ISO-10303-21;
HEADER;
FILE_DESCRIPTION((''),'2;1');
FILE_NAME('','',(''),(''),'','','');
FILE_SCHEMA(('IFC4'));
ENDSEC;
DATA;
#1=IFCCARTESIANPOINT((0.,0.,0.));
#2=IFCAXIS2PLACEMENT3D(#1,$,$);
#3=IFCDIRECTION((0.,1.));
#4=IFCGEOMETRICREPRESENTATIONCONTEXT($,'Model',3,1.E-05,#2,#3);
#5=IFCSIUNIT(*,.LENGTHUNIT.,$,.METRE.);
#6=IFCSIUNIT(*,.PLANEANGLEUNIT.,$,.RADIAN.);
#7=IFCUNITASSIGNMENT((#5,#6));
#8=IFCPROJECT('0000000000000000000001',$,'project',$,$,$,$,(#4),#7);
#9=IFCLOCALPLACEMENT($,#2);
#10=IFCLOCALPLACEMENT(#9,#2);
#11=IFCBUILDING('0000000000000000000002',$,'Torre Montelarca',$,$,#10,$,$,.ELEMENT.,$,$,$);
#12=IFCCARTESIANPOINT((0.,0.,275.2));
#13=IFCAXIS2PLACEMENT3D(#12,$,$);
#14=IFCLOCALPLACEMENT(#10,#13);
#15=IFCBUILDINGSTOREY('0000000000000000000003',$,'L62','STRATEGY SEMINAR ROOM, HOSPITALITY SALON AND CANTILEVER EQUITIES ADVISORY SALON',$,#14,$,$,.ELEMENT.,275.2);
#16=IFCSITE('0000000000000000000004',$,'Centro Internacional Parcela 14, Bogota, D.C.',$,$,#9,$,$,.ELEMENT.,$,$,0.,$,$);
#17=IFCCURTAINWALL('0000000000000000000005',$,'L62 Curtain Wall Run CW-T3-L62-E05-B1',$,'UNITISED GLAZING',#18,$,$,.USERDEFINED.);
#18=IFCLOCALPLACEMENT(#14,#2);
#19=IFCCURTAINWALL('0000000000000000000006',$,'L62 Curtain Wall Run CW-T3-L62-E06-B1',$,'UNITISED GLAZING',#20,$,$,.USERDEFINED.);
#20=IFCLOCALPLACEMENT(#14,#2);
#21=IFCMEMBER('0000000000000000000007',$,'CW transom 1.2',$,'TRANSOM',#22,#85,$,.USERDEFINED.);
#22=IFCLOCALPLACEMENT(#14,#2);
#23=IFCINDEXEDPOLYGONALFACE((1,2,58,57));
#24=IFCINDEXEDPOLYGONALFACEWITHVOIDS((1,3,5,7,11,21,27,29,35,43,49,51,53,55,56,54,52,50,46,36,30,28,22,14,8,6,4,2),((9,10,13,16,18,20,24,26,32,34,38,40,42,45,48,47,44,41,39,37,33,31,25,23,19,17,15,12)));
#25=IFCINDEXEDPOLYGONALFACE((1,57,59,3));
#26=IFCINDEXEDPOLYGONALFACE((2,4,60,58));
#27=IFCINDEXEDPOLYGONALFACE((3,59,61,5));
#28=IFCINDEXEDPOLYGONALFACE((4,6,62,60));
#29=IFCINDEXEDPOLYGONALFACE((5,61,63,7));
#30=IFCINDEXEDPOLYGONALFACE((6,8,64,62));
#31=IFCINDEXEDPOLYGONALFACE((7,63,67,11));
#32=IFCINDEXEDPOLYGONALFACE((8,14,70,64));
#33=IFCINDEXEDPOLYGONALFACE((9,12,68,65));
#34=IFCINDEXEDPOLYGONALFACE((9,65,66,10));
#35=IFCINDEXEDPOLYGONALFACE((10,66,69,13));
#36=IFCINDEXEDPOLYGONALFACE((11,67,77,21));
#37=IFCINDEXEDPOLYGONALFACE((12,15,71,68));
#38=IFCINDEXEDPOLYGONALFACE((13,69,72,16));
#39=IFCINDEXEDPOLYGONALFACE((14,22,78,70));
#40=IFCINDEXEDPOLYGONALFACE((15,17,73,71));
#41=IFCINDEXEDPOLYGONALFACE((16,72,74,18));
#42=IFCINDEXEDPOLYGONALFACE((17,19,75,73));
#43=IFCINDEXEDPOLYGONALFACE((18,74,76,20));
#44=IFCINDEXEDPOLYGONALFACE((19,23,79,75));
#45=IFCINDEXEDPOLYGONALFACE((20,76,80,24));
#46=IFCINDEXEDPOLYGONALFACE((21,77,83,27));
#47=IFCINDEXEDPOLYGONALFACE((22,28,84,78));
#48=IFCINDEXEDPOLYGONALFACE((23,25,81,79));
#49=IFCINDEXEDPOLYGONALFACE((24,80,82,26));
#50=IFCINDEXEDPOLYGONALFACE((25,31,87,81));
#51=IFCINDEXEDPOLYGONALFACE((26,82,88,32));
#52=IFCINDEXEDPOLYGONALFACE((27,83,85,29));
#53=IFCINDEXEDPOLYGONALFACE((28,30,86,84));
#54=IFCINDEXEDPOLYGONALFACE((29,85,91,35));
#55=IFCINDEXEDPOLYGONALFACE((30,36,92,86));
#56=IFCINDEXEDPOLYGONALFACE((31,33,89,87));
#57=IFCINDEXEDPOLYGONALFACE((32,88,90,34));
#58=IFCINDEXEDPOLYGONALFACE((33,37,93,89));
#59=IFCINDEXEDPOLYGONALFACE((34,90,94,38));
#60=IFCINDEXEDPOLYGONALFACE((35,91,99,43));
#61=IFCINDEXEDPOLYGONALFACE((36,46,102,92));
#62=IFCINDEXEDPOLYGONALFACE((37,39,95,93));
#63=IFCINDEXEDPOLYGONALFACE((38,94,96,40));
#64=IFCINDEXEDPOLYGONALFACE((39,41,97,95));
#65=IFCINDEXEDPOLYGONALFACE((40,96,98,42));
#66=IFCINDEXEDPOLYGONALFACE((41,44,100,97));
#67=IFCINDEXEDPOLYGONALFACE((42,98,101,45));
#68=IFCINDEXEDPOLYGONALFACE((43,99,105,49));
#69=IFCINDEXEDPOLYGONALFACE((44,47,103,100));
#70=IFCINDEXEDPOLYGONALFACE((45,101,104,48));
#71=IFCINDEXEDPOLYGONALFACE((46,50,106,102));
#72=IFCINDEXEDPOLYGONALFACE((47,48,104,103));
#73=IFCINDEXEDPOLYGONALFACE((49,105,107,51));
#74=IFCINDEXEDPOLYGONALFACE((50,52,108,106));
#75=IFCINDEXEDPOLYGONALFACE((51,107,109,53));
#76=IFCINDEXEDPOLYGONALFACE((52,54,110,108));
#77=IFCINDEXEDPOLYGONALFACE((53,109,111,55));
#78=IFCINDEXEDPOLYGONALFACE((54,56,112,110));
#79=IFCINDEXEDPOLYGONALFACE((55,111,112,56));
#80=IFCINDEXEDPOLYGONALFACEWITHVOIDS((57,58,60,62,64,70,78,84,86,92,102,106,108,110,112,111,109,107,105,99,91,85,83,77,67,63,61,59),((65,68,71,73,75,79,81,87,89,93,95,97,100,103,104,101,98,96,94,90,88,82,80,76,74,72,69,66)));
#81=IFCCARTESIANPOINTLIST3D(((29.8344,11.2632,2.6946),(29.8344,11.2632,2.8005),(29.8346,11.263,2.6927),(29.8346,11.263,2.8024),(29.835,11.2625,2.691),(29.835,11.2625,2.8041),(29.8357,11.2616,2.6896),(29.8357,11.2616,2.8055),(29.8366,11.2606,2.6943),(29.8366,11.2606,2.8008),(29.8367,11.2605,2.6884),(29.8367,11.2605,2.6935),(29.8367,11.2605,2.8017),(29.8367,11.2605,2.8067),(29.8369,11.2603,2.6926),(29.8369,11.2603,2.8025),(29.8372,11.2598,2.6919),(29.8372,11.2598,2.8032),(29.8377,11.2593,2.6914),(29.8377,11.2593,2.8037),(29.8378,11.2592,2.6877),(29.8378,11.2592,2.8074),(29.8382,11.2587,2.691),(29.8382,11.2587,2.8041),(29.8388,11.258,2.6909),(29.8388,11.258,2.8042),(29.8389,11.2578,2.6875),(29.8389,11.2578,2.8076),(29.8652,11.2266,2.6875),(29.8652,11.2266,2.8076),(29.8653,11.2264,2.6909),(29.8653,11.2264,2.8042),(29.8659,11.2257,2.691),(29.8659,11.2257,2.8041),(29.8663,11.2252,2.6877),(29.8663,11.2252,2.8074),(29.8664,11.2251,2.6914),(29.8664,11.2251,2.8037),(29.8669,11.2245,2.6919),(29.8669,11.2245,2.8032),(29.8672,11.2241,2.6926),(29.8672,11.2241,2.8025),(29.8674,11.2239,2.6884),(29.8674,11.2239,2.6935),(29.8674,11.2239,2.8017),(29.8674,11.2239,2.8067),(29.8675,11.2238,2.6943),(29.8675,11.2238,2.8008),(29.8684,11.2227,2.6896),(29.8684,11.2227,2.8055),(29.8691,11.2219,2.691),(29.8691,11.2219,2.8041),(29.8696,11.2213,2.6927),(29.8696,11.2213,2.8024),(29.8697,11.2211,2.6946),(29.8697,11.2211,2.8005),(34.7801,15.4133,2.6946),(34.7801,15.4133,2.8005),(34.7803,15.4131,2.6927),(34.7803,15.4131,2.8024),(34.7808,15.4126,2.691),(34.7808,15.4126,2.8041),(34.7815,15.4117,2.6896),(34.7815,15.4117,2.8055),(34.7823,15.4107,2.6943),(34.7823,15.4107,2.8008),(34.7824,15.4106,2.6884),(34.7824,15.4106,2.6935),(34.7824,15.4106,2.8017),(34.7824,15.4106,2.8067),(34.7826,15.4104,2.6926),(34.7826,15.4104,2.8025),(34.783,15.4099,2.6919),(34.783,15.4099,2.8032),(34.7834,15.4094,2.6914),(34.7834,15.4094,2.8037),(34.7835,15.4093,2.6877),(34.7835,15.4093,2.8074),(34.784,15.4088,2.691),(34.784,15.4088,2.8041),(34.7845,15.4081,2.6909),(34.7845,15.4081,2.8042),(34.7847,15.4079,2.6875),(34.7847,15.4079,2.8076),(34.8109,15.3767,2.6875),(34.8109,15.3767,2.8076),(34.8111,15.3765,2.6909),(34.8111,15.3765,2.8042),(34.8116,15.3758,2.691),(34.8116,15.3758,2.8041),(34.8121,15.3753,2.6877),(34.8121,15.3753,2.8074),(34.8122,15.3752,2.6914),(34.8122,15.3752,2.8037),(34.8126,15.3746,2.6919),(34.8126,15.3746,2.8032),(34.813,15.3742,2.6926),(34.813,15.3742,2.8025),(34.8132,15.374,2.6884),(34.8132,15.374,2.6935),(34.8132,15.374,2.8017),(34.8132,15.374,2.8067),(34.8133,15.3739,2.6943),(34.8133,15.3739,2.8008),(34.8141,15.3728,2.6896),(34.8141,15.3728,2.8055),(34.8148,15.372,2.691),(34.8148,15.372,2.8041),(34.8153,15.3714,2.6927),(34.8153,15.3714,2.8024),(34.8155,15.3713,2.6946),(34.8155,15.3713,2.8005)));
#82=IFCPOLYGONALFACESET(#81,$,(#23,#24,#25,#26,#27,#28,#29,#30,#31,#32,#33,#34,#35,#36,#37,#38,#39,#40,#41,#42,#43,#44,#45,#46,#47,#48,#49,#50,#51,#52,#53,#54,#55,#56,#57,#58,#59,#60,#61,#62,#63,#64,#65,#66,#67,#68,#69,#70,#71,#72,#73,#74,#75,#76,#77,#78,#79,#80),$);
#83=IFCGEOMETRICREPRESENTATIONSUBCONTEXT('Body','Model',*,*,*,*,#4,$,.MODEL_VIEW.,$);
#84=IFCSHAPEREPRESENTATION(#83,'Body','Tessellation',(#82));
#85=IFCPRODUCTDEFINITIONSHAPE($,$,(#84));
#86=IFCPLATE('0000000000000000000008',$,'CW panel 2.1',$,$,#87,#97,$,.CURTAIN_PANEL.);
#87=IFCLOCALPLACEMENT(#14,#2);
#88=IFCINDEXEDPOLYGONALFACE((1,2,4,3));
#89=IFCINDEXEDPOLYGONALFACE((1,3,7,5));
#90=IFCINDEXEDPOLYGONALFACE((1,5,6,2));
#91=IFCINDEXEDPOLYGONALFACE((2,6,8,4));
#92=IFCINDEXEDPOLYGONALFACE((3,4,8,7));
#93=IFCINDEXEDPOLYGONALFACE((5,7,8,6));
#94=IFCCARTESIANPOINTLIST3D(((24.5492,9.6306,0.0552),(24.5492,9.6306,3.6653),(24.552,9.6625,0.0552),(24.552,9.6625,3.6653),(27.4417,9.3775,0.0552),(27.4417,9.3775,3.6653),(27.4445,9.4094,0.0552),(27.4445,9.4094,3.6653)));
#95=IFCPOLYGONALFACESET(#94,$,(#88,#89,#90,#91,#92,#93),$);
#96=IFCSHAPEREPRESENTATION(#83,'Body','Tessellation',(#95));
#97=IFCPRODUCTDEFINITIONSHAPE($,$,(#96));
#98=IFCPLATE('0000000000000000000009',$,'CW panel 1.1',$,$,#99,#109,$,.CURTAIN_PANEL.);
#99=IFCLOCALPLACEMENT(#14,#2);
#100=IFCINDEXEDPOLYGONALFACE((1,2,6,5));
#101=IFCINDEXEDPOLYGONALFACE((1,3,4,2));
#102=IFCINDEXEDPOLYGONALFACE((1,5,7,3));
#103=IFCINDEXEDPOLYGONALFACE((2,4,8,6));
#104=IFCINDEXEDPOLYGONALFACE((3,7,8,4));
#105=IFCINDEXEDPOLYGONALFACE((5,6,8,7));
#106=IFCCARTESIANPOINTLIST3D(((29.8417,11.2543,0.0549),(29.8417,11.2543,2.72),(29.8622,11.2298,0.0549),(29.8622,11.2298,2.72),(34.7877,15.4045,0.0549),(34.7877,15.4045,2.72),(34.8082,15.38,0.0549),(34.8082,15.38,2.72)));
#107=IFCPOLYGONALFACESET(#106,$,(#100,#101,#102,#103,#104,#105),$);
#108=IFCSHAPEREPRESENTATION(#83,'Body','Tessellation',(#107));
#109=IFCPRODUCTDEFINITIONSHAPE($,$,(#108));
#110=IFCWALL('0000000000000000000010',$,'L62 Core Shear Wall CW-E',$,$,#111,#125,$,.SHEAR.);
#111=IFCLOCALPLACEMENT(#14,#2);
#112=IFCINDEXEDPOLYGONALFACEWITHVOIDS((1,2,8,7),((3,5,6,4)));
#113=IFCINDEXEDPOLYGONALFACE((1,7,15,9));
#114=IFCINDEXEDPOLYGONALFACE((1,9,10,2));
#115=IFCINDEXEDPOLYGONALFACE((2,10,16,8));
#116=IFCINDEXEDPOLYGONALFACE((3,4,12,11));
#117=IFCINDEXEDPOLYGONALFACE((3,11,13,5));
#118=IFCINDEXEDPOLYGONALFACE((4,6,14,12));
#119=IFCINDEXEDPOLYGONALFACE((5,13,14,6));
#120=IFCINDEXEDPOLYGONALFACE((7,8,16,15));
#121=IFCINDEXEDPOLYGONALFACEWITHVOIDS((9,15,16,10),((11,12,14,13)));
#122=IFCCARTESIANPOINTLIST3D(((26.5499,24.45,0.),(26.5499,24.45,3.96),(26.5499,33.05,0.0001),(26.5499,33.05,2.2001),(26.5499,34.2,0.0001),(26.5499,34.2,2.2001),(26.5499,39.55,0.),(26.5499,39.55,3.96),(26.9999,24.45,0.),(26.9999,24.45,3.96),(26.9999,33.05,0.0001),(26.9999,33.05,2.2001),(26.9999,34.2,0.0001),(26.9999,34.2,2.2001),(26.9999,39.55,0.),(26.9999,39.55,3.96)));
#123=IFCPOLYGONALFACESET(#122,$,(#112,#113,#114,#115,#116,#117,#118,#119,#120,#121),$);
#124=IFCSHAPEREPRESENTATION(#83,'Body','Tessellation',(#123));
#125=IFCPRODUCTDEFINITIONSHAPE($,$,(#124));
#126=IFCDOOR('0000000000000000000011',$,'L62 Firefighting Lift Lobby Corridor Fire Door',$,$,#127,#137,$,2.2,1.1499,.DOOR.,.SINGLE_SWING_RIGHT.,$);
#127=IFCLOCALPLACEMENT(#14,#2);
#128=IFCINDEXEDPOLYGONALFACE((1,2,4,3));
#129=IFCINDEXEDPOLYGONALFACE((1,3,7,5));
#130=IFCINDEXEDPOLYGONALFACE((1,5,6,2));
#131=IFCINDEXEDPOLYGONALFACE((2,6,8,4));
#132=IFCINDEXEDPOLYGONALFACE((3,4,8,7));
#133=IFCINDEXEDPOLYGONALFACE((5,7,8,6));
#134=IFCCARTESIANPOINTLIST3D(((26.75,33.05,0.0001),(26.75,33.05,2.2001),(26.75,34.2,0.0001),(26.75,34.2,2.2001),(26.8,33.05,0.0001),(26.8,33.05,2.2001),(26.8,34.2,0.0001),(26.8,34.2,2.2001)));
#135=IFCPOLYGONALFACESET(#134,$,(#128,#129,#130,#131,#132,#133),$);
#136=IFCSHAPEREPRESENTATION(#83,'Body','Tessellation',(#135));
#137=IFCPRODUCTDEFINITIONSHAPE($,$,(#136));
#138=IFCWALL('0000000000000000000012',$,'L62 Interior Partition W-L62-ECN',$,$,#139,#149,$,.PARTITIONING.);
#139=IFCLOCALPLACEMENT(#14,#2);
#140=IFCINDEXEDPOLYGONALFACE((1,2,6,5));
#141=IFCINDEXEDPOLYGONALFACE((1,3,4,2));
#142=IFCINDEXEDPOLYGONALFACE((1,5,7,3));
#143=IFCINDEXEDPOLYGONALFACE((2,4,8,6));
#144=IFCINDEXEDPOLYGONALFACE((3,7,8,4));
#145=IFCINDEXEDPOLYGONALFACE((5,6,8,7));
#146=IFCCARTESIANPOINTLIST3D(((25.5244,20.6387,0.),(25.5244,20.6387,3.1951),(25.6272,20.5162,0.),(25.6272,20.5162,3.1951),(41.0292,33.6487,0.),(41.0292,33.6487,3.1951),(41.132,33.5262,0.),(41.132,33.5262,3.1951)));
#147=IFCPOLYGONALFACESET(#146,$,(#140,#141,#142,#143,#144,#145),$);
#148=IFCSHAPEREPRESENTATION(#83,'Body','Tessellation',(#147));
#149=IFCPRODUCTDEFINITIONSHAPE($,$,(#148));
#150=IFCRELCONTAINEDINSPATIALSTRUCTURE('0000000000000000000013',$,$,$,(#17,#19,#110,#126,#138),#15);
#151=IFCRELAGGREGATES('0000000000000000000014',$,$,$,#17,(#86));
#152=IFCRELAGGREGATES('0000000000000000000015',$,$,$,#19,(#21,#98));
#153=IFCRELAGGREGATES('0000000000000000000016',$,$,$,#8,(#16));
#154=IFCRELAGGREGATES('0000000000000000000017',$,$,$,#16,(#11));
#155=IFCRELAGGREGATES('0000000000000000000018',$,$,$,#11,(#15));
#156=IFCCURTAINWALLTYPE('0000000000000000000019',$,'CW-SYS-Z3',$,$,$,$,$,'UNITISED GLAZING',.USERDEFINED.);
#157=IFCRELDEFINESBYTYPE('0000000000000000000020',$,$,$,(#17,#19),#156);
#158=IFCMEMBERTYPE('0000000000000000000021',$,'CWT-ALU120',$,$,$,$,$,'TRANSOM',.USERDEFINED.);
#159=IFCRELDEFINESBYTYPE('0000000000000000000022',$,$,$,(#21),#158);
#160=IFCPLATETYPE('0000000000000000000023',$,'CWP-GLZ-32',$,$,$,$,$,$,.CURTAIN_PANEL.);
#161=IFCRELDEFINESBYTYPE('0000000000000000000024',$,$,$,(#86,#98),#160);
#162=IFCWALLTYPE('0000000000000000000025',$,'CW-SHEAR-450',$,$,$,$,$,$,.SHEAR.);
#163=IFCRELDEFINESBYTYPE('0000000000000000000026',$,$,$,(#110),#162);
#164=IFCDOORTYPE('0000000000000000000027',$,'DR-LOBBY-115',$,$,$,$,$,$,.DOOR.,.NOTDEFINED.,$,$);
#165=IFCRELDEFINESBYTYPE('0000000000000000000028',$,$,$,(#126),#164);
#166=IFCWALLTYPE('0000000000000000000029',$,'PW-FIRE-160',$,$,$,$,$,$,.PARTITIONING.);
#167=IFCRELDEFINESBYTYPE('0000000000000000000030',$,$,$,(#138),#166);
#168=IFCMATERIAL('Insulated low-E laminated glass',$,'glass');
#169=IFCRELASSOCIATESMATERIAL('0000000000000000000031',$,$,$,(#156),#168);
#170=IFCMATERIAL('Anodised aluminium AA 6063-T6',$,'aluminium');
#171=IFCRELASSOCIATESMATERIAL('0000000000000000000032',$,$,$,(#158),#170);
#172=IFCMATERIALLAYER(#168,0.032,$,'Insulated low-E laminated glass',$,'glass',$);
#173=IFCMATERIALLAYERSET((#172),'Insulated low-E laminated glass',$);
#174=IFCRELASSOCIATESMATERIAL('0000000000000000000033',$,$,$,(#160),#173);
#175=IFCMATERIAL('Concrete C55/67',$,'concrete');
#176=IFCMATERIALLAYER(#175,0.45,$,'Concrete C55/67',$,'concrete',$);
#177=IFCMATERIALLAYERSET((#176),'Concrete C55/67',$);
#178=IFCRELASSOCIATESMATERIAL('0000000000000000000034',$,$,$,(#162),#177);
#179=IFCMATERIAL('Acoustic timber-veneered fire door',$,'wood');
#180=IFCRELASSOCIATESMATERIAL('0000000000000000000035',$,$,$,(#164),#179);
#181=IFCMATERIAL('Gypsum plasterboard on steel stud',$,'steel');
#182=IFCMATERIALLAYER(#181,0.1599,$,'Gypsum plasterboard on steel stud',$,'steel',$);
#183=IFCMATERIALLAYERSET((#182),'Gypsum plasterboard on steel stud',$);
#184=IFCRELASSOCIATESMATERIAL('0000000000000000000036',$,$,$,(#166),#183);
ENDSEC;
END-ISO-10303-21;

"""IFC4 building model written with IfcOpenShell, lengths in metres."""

from ifc_helpers import new_model, si_unit, direction, frame, frame_2d, origin, origin_2d, place, context, subcontext, project, spatial, rectangle, hollow_rectangle, extrude, source, transform, mapped, material, layer, layer_set, material_profile, profile_set, type_object, element, fill, aggregate, save


model = new_model("IFC4")

# Units and contexts
model_context = context("Model", 3, precision=1e-05, world=origin(), true_north=direction((0.0, 1.0)))
body_context = subcontext(model_context, "Body", "Model", "MODEL_VIEW")
ifc_project = project(units=[si_unit("LENGTHUNIT", "METRE"), si_unit("PLANEANGLEUNIT", "RADIAN")], contexts=[model_context])

# Site, building, storey
site_placement = place(None, origin())
site = spatial("IfcSite", under=ifc_project, at=site_placement, Name="Centro Internacional Parcela 14, Bogota, D.C.", CompositionType="ELEMENT", RefElevation=0.0)
building_placement = place(site_placement, origin())
building = spatial("IfcBuilding", under=site, at=building_placement, Name="Torre Montelarca", CompositionType="ELEMENT")
storey_placement = place(building_placement, frame((0.0, 0.0, 275.2)))
storey = spatial("IfcBuildingStorey", under=building, at=storey_placement, Name="L62", Description="STRATEGY SEMINAR ROOM, HOSPITALITY SALON AND CANTILEVER EQUITIES ADVISORY SALON", CompositionType="ELEMENT", Elevation=275.2)

# Shared definitions
ifc_material_1 = material(Name="Concrete C55/67", Category="concrete")

# Curtain walls, member
ifc_material_2 = material(Name="Insulated low-E laminated glass", Category="glass")
curtain_wall_type = type_object("IfcCurtainWallType", Name="CW-SYS-Z3", ElementType="UNITISED GLAZING", PredefinedType="USERDEFINED", material=ifc_material_2)
curtain_wall_1_placement = place(storey_placement, origin())
curtain_wall_1 = element("IfcCurtainWall", 1, at=curtain_wall_1_placement, inside=storey, type_object=curtain_wall_type, Name="L62 Curtain Wall Run CW-T3-L62-E05-B1", ObjectType="UNITISED GLAZING", PredefinedType="USERDEFINED")
ifc_material_3 = material(Name="Anodised aluminium AA 6063-T6", Category="aluminium")
ifc_material_profile_1 = material_profile(ifc_material_3, hollow_rectangle(XDim=0.0549, YDim=0.1201, WallThickness=0.0034, InnerFilletRadius=0.0034, OuterFilletRadius=0.0071, at=origin_2d()), Name="ALU55X120X3.5", Category="aluminium")
ifc_profile_set_1 = profile_set([ifc_material_profile_1], Name="Anodised aluminium AA 6063-T6")
member_type_1 = type_object("IfcMemberType", Name="CWT-ALU120", ElementType="TRANSOM", PredefinedType="USERDEFINED", material=ifc_profile_set_1)
curtain_wall_2_placement = place(storey_placement, origin())
curtain_wall_2 = element("IfcCurtainWall", 2, at=curtain_wall_2_placement, inside=storey, type_object=curtain_wall_type, Name="L62 Curtain Wall Run CW-T3-L62-E06-B1", ObjectType="UNITISED GLAZING", PredefinedType="USERDEFINED")
shared_shape_1 = source(origin(), body_context, "Body", "SweptSolid", [
    extrude(hollow_rectangle(XDim=0.0549, YDim=0.1201, WallThickness=0.0034, InnerFilletRadius=0.0034, OuterFilletRadius=0.0071, at=origin_2d()), origin(), (0.0, 0.0, 1.0), 6.4563),
])
member_1_placement = place(storey_placement, frame((29.8521, 11.2422, 2.7476), z_axis=(0.766035, 0.642799, 0.0), x_axis=(-0.642799, 0.766035, 0.0)))
member_1 = element("IfcMember", 3, at=member_1_placement, type_object=member_type_1, Name="CW transom 1.2", ObjectType="TRANSOM", PredefinedType="USERDEFINED", context=body_context, shape_type="MappedRepresentation", body=[
    mapped(shared_shape_1, transform((0.0, 0.0, 0.0), scale=1.0)),
])

# Plates
ifc_layer_1 = layer(ifc_material_2, 0.032, Name="Insulated low-E laminated glass", Category="glass")
ifc_layer_set_1 = layer_set([ifc_layer_1], Name="Insulated low-E laminated glass")
plate_type = type_object("IfcPlateType", Name="CWP-GLZ-32", PredefinedType="CURTAIN_PANEL", material=ifc_layer_set_1)
shared_shape_2 = source(origin(), body_context, "Body", "SweptSolid", [
    extrude(rectangle(XDim=2.9036, YDim=0.032, at=origin_2d()), origin(), (0.0, 0.0, 1.0), 3.6101),
])
plate_1_placement = place(storey_placement, frame((25.9968, 9.52, 0.0552), z_axis=(0.0, 0.0, 1.0), x_axis=(0.996194, -0.087166, 0.0)))
plate_1 = element("IfcPlate", 4, at=plate_1_placement, type_object=plate_type, Name="CW panel 2.1", PredefinedType="CURTAIN_PANEL", context=body_context, shape_type="MappedRepresentation", body=[
    mapped(shared_shape_2, transform((0.0, 0.0, 0.0), scale=1.0)),
])
aggregate(curtain_wall_1, [plate_1])
shared_shape_3 = source(origin(), body_context, "Body", "SweptSolid", [
    extrude(rectangle(XDim=6.4565, YDim=0.032, at=origin_2d()), origin(), (0.0, 0.0, 1.0), 2.665),
])
plate_2_placement = place(storey_placement, frame((32.325, 13.3171, 0.0549), z_axis=(0.0, 0.0, 1.0), x_axis=(0.766043, 0.64279, 0.0)))
plate_2 = element("IfcPlate", 5, at=plate_2_placement, type_object=plate_type, Name="CW panel 1.1", PredefinedType="CURTAIN_PANEL", context=body_context, shape_type="MappedRepresentation", body=[
    mapped(shared_shape_3, transform((0.0, 0.0, 0.0), scale=1.0)),
])
aggregate(curtain_wall_2, [member_1, plate_2])

# Wall, opening, door
ifc_layer_2 = layer(ifc_material_1, 0.45, Name="Concrete C55/67", Category="concrete")
ifc_layer_set_2 = layer_set([ifc_layer_2], Name="Concrete C55/67")
wall_type_1 = type_object("IfcWallType", Name="CW-SHEAR-450", PredefinedType="SHEAR", material=ifc_layer_set_2)
wall_1_placement = place(storey_placement, frame((26.7749, 24.45, 0.0), z_axis=(0.0, 0.0, 1.0), x_axis=(0.0, 1.0, 0.0)))
wall_1 = element("IfcWall", 6, at=wall_1_placement, inside=storey, type_object=wall_type_1, Name="L62 Core Shear Wall CW-E", PredefinedType="SHEAR", context=body_context, shape_type="SweptSolid", body=[
    extrude(rectangle(XDim=15.1001, YDim=0.45, at=frame_2d((7.55, 0.0))), origin(), (0.0, 0.0, 1.0), 3.96),
])
opening_1_placement = place(wall_1_placement, frame((8.6001, 0.0, 0.0)))
opening_1 = element("IfcOpeningElement", 7, at=opening_1_placement, cuts=wall_1, PredefinedType="OPENING", context=body_context, shape_type="SweptSolid", body=[
    extrude(rectangle(XDim=1.1499, YDim=2.2, at=frame_2d((0.575, 1.1001))), frame((0.0, 0.2349, 0.0), z_axis=(0.0, -1.0, 0.0), x_axis=(1.0, 0.0, 0.0)), (0.0, 0.0, 1.0), 0.47),
])
ifc_material_4 = material(Name="Acoustic timber-veneered fire door", Category="wood")
door_type_1 = type_object("IfcDoorType", Name="DR-LOBBY-115", OperationType="NOTDEFINED", PredefinedType="DOOR", material=ifc_material_4)
shared_shape_4 = source(origin(), body_context, "Body", "SweptSolid", [
    extrude(rectangle(XDim=1.1499, YDim=2.2, at=frame_2d((0.575, 1.1001))), frame((0.0, 0.0249, 0.0), z_axis=(0.0, -1.0, 0.0), x_axis=(1.0, 0.0, 0.0)), (0.0, 0.0, 1.0), 0.05),
])
door_1_placement = place(opening_1_placement, origin())
door_1 = element("IfcDoor", 8, at=door_1_placement, inside=storey, type_object=door_type_1, Name="L62 Firefighting Lift Lobby Corridor Fire Door", OperationType="SINGLE_SWING_RIGHT", OverallHeight=2.2, OverallWidth=1.1499, PredefinedType="DOOR", context=body_context, shape_type="MappedRepresentation", body=[
    mapped(shared_shape_4, transform((0.0, 0.0, 0.0), scale=1.0)),
])
fill(opening_1, door_1)

# Wall
ifc_material_5 = material(Name="Gypsum plasterboard on steel stud", Category="steel")
ifc_layer_3 = layer(ifc_material_5, 0.1599, Name="Gypsum plasterboard on steel stud", Category="steel")
ifc_layer_set_3 = layer_set([ifc_layer_3], Name="Gypsum plasterboard on steel stud")
wall_type_2 = type_object("IfcWallType", Name="PW-FIRE-160", PredefinedType="PARTITIONING", material=ifc_layer_set_3)
wall_2_placement = place(storey_placement, frame((25.5757, 20.5774, 0.0), z_axis=(0.0, 0.0, 1.0), x_axis=(0.766048, 0.642784, 0.0)))
element("IfcWall", 9, at=wall_2_placement, inside=storey, type_object=wall_type_2, Name="L62 Interior Partition W-L62-ECN", PredefinedType="PARTITIONING", context=body_context, shape_type="SweptSolid", body=[
    extrude(rectangle(XDim=20.24, YDim=0.1599, at=frame_2d((10.1201, 0.0))), origin(), (0.0, 0.0, 1.0), 3.1951),
])

save(model, "model.ifc")
